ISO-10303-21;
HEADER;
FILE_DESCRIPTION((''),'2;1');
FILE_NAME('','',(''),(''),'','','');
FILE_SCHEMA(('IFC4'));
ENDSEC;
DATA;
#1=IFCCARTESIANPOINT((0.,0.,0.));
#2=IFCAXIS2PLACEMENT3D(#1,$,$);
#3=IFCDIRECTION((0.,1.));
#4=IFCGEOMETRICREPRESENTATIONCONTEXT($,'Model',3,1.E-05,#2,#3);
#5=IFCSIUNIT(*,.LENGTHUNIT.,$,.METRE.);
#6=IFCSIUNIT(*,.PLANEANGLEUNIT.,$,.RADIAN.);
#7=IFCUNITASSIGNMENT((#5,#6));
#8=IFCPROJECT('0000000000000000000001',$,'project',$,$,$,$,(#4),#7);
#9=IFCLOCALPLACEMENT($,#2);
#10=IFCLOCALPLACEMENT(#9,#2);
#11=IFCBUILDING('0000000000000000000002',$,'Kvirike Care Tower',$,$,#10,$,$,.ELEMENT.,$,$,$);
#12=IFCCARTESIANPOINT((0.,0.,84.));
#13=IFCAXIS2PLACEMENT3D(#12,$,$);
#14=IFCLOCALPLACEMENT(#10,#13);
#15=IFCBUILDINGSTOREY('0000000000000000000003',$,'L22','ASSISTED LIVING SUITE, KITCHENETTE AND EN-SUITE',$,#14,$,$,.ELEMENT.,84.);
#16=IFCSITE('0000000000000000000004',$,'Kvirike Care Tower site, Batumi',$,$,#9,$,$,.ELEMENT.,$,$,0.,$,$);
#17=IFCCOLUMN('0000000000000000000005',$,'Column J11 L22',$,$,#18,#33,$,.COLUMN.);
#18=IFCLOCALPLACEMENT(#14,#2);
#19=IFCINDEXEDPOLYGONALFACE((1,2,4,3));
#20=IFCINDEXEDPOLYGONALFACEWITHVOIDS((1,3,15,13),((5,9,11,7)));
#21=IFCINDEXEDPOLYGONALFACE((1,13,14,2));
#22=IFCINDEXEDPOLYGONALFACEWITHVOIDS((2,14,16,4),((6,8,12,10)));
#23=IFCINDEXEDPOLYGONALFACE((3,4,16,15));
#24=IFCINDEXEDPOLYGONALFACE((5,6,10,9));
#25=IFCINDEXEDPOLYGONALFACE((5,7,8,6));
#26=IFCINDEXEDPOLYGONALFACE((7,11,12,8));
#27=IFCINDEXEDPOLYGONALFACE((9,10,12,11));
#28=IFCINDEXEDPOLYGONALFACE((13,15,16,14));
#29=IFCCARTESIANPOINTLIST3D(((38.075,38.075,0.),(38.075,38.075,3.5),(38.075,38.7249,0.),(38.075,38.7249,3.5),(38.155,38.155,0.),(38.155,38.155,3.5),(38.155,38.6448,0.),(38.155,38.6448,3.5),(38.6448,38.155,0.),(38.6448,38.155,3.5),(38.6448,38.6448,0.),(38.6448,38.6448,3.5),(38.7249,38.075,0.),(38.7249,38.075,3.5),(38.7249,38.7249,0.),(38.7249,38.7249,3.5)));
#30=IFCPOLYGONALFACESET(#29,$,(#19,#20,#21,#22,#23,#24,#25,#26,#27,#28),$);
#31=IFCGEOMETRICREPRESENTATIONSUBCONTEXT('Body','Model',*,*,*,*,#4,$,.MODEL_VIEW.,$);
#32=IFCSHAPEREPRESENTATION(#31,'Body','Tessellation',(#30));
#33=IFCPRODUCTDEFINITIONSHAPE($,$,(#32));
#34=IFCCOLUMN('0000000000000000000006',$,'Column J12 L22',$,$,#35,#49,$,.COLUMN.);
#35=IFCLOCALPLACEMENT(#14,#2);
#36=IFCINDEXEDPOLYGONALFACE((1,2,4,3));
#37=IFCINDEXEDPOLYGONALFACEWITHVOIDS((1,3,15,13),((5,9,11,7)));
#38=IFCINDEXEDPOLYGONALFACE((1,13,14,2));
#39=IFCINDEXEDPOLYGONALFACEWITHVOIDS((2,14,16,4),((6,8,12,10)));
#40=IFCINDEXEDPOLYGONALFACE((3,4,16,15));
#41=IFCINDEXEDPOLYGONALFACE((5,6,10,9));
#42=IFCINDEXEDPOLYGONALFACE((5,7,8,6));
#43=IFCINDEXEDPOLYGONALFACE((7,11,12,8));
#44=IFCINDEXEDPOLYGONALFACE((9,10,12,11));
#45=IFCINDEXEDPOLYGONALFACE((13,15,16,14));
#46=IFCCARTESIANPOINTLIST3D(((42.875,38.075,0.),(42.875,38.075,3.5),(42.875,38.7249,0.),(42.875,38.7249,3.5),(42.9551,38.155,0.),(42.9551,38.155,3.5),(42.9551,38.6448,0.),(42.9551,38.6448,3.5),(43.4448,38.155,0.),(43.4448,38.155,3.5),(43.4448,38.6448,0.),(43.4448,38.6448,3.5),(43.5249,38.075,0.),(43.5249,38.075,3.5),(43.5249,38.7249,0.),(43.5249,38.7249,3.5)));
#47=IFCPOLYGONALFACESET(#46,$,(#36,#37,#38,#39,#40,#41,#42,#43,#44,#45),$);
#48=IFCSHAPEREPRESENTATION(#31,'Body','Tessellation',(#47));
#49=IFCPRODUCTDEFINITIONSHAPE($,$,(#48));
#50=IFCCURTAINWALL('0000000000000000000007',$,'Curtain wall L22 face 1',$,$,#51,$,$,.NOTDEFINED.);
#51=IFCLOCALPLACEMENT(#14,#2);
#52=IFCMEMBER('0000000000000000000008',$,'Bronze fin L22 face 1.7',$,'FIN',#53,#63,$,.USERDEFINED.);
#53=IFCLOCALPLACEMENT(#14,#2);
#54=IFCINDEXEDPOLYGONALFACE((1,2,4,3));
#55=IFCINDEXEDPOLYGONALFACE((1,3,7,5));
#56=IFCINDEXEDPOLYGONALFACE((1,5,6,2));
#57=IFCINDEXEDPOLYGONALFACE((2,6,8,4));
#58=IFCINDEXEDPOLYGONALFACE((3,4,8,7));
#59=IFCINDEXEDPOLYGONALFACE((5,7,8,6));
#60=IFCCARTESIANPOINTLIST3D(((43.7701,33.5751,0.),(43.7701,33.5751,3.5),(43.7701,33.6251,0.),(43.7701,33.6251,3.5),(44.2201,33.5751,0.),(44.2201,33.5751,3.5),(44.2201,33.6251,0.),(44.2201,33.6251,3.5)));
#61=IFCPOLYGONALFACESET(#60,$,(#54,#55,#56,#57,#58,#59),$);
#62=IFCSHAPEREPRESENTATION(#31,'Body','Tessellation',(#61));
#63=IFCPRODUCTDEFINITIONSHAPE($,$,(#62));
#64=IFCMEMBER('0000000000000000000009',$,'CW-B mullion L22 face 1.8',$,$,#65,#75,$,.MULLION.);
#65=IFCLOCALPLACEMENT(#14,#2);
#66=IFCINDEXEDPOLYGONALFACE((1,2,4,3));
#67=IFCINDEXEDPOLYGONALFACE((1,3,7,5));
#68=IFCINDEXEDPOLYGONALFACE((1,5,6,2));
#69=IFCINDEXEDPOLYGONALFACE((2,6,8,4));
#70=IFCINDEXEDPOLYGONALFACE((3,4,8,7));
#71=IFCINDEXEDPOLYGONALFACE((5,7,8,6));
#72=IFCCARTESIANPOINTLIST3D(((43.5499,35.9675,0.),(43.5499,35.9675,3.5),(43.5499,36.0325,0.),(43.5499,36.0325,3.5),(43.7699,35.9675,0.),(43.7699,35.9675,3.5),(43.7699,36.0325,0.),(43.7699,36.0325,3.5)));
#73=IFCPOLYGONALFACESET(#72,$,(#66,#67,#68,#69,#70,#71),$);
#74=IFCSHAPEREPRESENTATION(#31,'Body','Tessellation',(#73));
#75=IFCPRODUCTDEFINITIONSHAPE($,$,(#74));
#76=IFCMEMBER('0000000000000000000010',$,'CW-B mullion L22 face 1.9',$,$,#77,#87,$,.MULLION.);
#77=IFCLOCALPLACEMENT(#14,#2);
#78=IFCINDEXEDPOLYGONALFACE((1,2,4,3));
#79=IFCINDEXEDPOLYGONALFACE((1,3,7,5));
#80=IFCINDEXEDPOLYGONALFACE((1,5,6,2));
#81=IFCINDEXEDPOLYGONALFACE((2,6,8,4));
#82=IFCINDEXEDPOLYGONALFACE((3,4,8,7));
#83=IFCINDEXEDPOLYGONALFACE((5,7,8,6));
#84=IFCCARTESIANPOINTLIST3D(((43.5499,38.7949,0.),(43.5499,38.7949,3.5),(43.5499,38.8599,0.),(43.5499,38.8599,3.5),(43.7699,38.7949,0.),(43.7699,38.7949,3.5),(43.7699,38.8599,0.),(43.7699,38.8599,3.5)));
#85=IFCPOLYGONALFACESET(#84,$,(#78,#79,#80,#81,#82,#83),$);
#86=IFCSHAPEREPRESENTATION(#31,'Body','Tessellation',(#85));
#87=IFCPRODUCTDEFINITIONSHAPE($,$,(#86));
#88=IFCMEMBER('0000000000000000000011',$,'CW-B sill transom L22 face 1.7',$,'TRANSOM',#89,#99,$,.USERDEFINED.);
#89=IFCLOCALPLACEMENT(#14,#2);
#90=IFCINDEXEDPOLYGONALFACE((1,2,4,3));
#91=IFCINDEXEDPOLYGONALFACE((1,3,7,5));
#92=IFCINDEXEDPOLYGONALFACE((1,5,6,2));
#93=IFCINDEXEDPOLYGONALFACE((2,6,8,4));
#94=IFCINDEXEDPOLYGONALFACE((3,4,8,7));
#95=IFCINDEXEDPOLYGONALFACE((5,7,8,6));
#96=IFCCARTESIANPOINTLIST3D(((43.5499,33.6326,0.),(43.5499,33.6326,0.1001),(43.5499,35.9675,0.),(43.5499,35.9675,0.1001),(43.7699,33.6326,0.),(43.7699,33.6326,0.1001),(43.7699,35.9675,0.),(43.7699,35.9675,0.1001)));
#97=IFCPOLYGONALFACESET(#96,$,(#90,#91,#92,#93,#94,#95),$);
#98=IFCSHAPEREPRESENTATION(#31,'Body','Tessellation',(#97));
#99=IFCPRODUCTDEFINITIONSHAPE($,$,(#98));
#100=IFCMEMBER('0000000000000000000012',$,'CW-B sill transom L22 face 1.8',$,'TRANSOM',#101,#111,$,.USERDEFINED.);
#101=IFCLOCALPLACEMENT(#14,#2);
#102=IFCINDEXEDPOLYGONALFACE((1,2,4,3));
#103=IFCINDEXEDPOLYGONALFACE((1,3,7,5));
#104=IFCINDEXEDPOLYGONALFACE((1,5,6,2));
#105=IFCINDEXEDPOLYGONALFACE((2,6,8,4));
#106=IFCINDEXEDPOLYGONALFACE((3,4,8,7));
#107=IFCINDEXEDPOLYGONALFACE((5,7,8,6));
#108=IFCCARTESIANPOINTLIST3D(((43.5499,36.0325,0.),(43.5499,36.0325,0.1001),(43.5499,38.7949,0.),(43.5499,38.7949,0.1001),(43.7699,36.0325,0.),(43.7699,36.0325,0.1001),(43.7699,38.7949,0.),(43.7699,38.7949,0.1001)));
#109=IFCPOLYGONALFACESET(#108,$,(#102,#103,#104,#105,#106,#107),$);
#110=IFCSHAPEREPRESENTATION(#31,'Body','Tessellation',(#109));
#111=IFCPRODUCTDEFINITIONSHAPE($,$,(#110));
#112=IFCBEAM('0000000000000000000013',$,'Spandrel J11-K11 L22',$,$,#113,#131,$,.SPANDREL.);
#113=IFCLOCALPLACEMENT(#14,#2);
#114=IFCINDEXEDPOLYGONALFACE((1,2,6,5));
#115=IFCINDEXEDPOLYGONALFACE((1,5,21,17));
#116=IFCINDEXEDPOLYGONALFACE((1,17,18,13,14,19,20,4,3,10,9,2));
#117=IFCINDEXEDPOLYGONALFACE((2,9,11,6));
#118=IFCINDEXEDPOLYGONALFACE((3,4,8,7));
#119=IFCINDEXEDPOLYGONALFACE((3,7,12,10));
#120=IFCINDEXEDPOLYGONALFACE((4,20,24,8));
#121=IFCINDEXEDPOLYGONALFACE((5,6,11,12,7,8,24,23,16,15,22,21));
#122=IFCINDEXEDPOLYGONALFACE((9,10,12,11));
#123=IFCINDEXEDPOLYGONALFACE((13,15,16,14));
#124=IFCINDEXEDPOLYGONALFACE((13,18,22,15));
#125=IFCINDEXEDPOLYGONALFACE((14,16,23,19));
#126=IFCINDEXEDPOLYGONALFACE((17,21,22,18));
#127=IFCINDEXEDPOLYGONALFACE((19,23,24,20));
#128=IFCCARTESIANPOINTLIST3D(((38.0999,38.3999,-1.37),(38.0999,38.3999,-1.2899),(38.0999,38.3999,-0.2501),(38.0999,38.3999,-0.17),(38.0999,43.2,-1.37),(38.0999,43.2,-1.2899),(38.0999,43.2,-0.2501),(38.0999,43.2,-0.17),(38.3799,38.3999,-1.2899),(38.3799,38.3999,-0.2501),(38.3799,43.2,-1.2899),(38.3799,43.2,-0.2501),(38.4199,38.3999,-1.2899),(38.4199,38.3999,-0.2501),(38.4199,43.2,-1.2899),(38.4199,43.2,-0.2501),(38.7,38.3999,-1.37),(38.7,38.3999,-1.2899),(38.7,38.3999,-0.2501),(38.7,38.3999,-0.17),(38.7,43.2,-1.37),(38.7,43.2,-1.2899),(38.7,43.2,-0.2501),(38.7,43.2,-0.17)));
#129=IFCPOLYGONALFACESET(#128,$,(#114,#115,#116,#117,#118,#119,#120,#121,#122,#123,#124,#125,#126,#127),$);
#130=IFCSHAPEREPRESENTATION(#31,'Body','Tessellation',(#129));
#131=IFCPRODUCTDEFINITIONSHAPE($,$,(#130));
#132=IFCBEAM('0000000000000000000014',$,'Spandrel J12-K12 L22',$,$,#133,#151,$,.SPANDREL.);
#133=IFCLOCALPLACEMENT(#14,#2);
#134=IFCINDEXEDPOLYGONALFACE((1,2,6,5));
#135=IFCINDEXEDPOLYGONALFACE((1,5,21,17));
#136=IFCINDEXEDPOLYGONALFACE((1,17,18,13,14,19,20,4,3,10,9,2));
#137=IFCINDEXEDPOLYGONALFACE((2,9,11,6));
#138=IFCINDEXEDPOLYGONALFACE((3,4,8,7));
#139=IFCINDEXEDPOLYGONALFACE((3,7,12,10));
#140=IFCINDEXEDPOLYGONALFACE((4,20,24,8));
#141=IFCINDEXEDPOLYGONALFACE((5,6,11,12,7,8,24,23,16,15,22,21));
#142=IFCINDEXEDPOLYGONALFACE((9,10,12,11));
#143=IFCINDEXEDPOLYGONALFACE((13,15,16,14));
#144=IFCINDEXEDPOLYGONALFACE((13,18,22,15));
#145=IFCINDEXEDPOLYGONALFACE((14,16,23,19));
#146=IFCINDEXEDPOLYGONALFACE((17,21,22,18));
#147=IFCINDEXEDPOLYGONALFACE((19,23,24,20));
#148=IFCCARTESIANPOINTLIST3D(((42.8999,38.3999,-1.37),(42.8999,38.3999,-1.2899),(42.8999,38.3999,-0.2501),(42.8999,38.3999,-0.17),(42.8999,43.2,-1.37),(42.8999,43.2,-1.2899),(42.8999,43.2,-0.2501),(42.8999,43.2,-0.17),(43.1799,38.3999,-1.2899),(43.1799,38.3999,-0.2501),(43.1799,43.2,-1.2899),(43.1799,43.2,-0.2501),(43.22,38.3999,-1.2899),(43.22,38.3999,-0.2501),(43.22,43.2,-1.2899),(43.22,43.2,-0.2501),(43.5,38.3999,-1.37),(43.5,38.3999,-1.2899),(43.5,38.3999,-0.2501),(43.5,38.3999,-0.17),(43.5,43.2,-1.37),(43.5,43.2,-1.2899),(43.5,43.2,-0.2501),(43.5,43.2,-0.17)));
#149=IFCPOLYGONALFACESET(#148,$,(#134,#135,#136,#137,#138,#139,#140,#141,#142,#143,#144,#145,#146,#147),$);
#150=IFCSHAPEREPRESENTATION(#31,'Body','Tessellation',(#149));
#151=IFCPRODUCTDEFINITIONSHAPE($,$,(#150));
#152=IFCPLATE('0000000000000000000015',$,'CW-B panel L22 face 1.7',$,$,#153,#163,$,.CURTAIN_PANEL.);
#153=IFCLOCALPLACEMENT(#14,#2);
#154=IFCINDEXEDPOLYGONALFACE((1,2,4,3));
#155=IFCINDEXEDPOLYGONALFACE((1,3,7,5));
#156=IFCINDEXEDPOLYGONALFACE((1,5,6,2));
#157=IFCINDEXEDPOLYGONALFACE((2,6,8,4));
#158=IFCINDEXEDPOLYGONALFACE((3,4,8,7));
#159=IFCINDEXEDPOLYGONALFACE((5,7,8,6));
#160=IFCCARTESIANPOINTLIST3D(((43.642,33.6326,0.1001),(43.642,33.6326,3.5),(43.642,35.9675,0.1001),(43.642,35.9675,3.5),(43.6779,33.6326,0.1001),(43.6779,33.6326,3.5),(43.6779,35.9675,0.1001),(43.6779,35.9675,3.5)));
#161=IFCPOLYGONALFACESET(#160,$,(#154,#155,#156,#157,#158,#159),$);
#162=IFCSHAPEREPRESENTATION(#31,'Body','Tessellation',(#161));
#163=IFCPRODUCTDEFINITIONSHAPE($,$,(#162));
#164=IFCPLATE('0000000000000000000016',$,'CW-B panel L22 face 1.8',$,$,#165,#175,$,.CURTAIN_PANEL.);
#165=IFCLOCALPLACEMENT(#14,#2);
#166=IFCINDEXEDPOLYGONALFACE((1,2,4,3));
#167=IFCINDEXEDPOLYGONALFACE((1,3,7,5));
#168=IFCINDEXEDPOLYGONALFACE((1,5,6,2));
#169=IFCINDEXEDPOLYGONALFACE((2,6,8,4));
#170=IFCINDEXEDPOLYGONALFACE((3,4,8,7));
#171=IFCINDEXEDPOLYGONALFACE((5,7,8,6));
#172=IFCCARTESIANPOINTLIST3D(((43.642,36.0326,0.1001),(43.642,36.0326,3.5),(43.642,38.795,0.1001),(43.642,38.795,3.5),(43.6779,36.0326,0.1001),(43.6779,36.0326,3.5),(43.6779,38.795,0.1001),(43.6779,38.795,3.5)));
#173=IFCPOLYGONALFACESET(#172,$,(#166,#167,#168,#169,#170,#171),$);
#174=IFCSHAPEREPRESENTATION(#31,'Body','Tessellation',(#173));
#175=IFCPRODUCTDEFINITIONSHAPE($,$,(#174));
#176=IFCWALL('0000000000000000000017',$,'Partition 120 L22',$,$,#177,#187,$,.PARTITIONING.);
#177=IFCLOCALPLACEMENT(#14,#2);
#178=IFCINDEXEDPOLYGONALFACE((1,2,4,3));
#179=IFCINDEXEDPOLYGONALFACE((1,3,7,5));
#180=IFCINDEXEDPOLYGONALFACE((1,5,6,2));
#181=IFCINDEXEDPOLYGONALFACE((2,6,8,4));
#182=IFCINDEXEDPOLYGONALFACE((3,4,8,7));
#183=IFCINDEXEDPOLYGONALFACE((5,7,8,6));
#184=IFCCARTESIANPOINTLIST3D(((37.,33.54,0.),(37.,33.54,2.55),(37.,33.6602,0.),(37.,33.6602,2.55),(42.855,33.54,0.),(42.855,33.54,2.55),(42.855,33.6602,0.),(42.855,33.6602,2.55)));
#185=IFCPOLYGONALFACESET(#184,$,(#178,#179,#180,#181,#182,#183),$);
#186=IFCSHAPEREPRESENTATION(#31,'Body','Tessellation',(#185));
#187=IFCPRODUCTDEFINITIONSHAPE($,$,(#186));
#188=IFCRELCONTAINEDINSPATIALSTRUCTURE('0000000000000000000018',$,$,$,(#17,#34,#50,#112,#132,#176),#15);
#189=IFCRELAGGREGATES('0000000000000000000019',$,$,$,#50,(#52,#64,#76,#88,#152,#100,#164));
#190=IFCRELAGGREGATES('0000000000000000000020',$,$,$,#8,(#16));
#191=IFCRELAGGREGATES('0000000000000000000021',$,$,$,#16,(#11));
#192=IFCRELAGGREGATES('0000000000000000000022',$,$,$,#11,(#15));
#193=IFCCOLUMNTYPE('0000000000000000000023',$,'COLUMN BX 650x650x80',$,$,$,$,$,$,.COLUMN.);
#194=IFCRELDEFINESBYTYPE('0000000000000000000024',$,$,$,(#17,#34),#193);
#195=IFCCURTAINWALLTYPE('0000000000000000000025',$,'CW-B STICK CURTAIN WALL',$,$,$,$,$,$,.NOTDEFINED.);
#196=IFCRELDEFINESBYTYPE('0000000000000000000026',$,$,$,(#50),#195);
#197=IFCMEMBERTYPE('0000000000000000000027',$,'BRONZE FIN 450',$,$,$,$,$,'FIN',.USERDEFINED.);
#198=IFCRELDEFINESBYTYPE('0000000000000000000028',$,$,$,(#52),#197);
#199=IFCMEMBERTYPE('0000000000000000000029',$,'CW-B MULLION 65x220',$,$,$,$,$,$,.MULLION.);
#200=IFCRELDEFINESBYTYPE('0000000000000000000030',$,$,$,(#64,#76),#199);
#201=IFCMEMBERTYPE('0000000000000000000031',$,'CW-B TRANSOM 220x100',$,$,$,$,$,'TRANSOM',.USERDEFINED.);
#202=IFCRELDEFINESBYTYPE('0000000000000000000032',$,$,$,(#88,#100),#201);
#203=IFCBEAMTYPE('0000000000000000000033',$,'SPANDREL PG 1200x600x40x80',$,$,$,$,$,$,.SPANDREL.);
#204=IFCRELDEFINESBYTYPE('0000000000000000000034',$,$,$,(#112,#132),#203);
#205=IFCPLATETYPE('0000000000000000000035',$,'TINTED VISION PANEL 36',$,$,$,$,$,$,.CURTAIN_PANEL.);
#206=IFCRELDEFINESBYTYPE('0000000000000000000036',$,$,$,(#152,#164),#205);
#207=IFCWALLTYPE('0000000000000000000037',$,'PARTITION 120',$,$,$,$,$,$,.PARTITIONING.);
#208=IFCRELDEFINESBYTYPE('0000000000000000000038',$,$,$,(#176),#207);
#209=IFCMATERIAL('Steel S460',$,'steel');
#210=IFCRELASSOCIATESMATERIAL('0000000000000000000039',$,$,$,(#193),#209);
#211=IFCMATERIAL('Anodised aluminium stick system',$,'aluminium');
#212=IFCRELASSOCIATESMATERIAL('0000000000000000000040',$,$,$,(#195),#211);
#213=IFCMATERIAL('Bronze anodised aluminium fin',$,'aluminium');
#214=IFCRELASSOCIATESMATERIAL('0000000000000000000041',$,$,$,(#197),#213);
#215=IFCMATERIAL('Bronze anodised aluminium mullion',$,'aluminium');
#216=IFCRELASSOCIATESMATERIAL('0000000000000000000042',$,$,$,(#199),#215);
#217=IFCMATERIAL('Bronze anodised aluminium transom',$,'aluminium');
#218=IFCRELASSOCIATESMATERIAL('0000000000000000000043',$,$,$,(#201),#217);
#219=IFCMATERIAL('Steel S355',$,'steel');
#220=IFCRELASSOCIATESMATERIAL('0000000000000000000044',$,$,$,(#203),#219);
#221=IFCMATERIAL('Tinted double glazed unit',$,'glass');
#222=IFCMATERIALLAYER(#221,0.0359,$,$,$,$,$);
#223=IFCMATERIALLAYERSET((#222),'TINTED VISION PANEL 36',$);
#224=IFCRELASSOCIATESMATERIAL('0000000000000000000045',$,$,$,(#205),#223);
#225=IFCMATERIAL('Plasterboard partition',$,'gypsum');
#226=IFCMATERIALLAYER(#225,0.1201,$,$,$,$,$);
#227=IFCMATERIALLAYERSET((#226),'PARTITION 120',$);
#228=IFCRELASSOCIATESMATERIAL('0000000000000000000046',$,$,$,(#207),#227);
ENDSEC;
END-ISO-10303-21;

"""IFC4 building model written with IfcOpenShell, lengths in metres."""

from ifc_helpers import new_model, si_unit, direction, frame, frame_2d, origin, origin_2d, place, context, subcontext, project, spatial, rectangle, hollow_rectangle, i_section, extrude, material, layer, layer_set, material_profile, profile_set, type_object, element, aggregate, save


model = new_model("IFC4")

# Units and contexts
model_context = context("Model", 3, precision=1e-05, world=origin(), true_north=direction((0.0, 1.0)))
body_context = subcontext(model_context, "Body", "Model", "MODEL_VIEW")
ifc_project = project(units=[si_unit("LENGTHUNIT", "METRE"), si_unit("PLANEANGLEUNIT", "RADIAN")], contexts=[model_context])

# Site, building, storey
site_placement = place(None, origin())
site = spatial("IfcSite", under=ifc_project, at=site_placement, Name="Kvirike Care Tower site, Batumi", CompositionType="ELEMENT", RefElevation=0.0)
building_placement = place(site_placement, origin())
building = spatial("IfcBuilding", under=site, at=building_placement, Name="Kvirike Care Tower", CompositionType="ELEMENT")
storey_placement = place(building_placement, frame((0.0, 0.0, 84.0)))
storey = spatial("IfcBuildingStorey", under=building, at=storey_placement, Name="L22", Description="ASSISTED LIVING SUITE, KITCHENETTE AND EN-SUITE", CompositionType="ELEMENT", Elevation=84.0)

# Columns
ifc_material_1 = material(Name="Steel S460", Category="steel")
ifc_material_profile_1 = material_profile(ifc_material_1, hollow_rectangle(XDim=0.6499, YDim=0.6499, WallThickness=0.0801, at=origin_2d()), Name="BX 650x650x80")
ifc_profile_set_1 = profile_set([ifc_material_profile_1], Name="Steel S460")
column_type = type_object("IfcColumnType", Name="COLUMN BX 650x650x80", PredefinedType="COLUMN", material=ifc_profile_set_1)
for number, where, z_axis, x_axis, name in (
    (1, (38.3999, 38.3999, 0.0), (0.0, 0.0, 1.0), (0.0, 1.0, 0.0), "Column J11 L22"),
    (2, (43.2, 38.3999, 0.0), (0.0, 0.0, 1.0), (0.0, 1.0, 0.0), "Column J12 L22"),
):
    element("IfcColumn", number, at=place(storey_placement, frame(where, z_axis=z_axis, x_axis=x_axis)), inside=storey, type_object=column_type, Name=name, PredefinedType="COLUMN", context=body_context, shape_type="SweptSolid", body=[
        extrude(hollow_rectangle(XDim=0.6499, YDim=0.6499, WallThickness=0.0801, at=origin_2d()), origin(), (0.0, 0.0, 1.0), 3.5),
    ])

# Curtain wall, members
ifc_material_2 = material(Name="Anodised aluminium stick system", Category="aluminium")
curtain_wall_type = type_object("IfcCurtainWallType", Name="CW-B STICK CURTAIN WALL", PredefinedType="NOTDEFINED", material=ifc_material_2)
curtain_wall_placement = place(storey_placement, origin())
curtain_wall = element("IfcCurtainWall", 3, at=curtain_wall_placement, inside=storey, type_object=curtain_wall_type, Name="Curtain wall L22 face 1", PredefinedType="NOTDEFINED")
ifc_material_3 = material(Name="Bronze anodised aluminium fin", Category="aluminium")
ifc_material_profile_2 = material_profile(ifc_material_3, rectangle(XDim=0.05, YDim=0.45, at=origin_2d()), Name="BRONZE FIN 450")
ifc_profile_set_2 = profile_set([ifc_material_profile_2], Name="Bronze anodised aluminium fin")
member_type_1 = type_object("IfcMemberType", Name="BRONZE FIN 450", ElementType="FIN", PredefinedType="USERDEFINED", material=ifc_profile_set_2)
member_1_placement = place(storey_placement, frame((43.9951, 33.6001, 0.0), z_axis=(0.0, 0.0, 1.0), x_axis=(0.0, 1.0, 0.0)))
member_1 = element("IfcMember", 4, at=member_1_placement, type_object=member_type_1, Name="Bronze fin L22 face 1.7", ObjectType="FIN", PredefinedType="USERDEFINED", context=body_context, shape_type="SweptSolid", body=[
    extrude(rectangle(XDim=0.05, YDim=0.45, at=origin_2d()), origin(), (0.0, 0.0, 1.0), 3.5),
])
ifc_material_4 = material(Name="Bronze anodised aluminium mullion", Category="aluminium")
ifc_material_profile_3 = material_profile(ifc_material_4, rectangle(XDim=0.0649, YDim=0.22, at=origin_2d()), Name="CW-B MULLION 65x220")
ifc_profile_set_3 = profile_set([ifc_material_profile_3], Name="Bronze anodised aluminium mullion")
member_type_2 = type_object("IfcMemberType", Name="CW-B MULLION 65x220", PredefinedType="MULLION", material=ifc_profile_set_3)
member_2_placement = place(storey_placement, frame((43.6599, 36.0, 0.0), z_axis=(0.0, 0.0, 1.0), x_axis=(0.0, 1.0, 0.0)))
member_2 = element("IfcMember", 5, at=member_2_placement, type_object=member_type_2, Name="CW-B mullion L22 face 1.8", PredefinedType="MULLION", context=body_context, shape_type="SweptSolid", body=[
    extrude(rectangle(XDim=0.0649, YDim=0.22, at=origin_2d()), origin(), (0.0, 0.0, 1.0), 3.5),
])
member_3_placement = place(storey_placement, frame((43.6599, 38.8274, 0.0), z_axis=(0.0, 0.0, 1.0), x_axis=(0.0, 1.0, 0.0)))
member_3 = element("IfcMember", 6, at=member_3_placement, type_object=member_type_2, Name="CW-B mullion L22 face 1.9", PredefinedType="MULLION", context=body_context, shape_type="SweptSolid", body=[
    extrude(rectangle(XDim=0.0649, YDim=0.22, at=origin_2d()), origin(), (0.0, 0.0, 1.0), 3.5),
])
ifc_material_5 = material(Name="Bronze anodised aluminium transom", Category="aluminium")
ifc_material_profile_4 = material_profile(ifc_material_5, rectangle(XDim=0.22, YDim=0.1001, at=origin_2d()), Name="CW-B TRANSOM 220x100")
ifc_profile_set_4 = profile_set([ifc_material_profile_4], Name="Bronze anodised aluminium transom")
member_type_3 = type_object("IfcMemberType", Name="CW-B TRANSOM 220x100", ElementType="TRANSOM", PredefinedType="USERDEFINED", material=ifc_profile_set_4)
member_4_placement = place(storey_placement, frame((43.6599, 33.6326, 0.05), z_axis=(0.0, 1.0, 0.0), x_axis=(-1.0, 0.0, 0.0)))
member_4 = element("IfcMember", 7, at=member_4_placement, type_object=member_type_3, Name="CW-B sill transom L22 face 1.7", ObjectType="TRANSOM", PredefinedType="USERDEFINED", context=body_context, shape_type="SweptSolid", body=[
    extrude(rectangle(XDim=0.22, YDim=0.1001, at=origin_2d()), origin(), (0.0, 0.0, 1.0), 2.335),
])
member_5_placement = place(storey_placement, frame((43.6599, 36.0325, 0.05), z_axis=(0.0, 1.0, 0.0), x_axis=(-1.0, 0.0, 0.0)))
member_5 = element("IfcMember", 8, at=member_5_placement, type_object=member_type_3, Name="CW-B sill transom L22 face 1.8", ObjectType="TRANSOM", PredefinedType="USERDEFINED", context=body_context, shape_type="SweptSolid", body=[
    extrude(rectangle(XDim=0.22, YDim=0.1001, at=origin_2d()), origin(), (0.0, 0.0, 1.0), 2.7625),
])

# Beams
ifc_material_6 = material(Name="Steel S355", Category="steel")
ifc_material_profile_5 = material_profile(ifc_material_6, i_section(OverallWidth=0.6001, OverallDepth=1.2, WebThickness=0.04, FlangeThickness=0.0801, at=origin_2d()), Name="PG 1200x600x40x80")
ifc_profile_set_5 = profile_set([ifc_material_profile_5], Name="Steel S355")
beam_type = type_object("IfcBeamType", Name="SPANDREL PG 1200x600x40x80", PredefinedType="SPANDREL", material=ifc_profile_set_5)
for number, where, z_axis, x_axis, name in (
    (9, (38.3999, 38.3999, -0.77), (0.0, 1.0, 0.0), (-1.0, 0.0, 0.0), "Spandrel J11-K11 L22"),
    (10, (43.2, 38.3999, -0.77), (0.0, 1.0, 0.0), (-1.0, 0.0, 0.0), "Spandrel J12-K12 L22"),
):
    element("IfcBeam", number, at=place(storey_placement, frame(where, z_axis=z_axis, x_axis=x_axis)), inside=storey, type_object=beam_type, Name=name, PredefinedType="SPANDREL", context=body_context, shape_type="SweptSolid", body=[
        extrude(i_section(OverallWidth=0.6001, OverallDepth=1.2, WebThickness=0.04, FlangeThickness=0.0801, at=origin_2d()), origin(), (0.0, 0.0, 1.0), 4.8),
    ])

# Plates
ifc_material_7 = material(Name="Tinted double glazed unit", Category="glass")
ifc_layer_1 = layer(ifc_material_7, 0.0359)
ifc_layer_set_1 = layer_set([ifc_layer_1], Name="TINTED VISION PANEL 36")
plate_type = type_object("IfcPlateType", Name="TINTED VISION PANEL 36", PredefinedType="CURTAIN_PANEL", material=ifc_layer_set_1)
plate_1_placement = place(storey_placement, frame((43.6599, 34.8, 0.1001), z_axis=(0.0, 0.0, 1.0), x_axis=(0.0, 1.0, 0.0)))
plate_1 = element("IfcPlate", 11, at=plate_1_placement, type_object=plate_type, Name="CW-B panel L22 face 1.7", PredefinedType="CURTAIN_PANEL", context=body_context, shape_type="SweptSolid", body=[
    extrude(rectangle(XDim=2.335, YDim=0.0359, at=origin_2d()), origin(), (0.0, 0.0, 1.0), 3.3999),
])
plate_2_placement = place(storey_placement, frame((43.6599, 37.4138, 0.1001), z_axis=(0.0, 0.0, 1.0), x_axis=(0.0, 1.0, 0.0)))
plate_2 = element("IfcPlate", 12, at=plate_2_placement, type_object=plate_type, Name="CW-B panel L22 face 1.8", PredefinedType="CURTAIN_PANEL", context=body_context, shape_type="SweptSolid", body=[
    extrude(rectangle(XDim=2.7625, YDim=0.0359, at=origin_2d()), origin(), (0.0, 0.0, 1.0), 3.3999),
])
aggregate(curtain_wall, [member_1, member_2, member_3, member_4, plate_1, member_5, plate_2])

# Wall
ifc_material_8 = material(Name="Plasterboard partition", Category="gypsum")
ifc_layer_2 = layer(ifc_material_8, 0.1201)
ifc_layer_set_2 = layer_set([ifc_layer_2], Name="PARTITION 120")
wall_type_1 = type_object("IfcWallType", Name="PARTITION 120", PredefinedType="PARTITIONING", material=ifc_layer_set_2)
wall_1_placement = place(storey_placement, frame((42.855, 33.6001, 0.0), z_axis=(0.0, 0.0, 1.0), x_axis=(-1.0, 0.0, 0.0)))
element("IfcWall", 13, at=wall_1_placement, inside=storey, type_object=wall_type_1, Name="Partition 120 L22", PredefinedType="PARTITIONING", context=body_context, shape_type="SweptSolid", body=[
    extrude(rectangle(XDim=5.855, YDim=0.1201, at=frame_2d((2.9275, 0.0))), origin(), (0.0, 0.0, 1.0), 2.55),
])

save(model, "model.ifc")
